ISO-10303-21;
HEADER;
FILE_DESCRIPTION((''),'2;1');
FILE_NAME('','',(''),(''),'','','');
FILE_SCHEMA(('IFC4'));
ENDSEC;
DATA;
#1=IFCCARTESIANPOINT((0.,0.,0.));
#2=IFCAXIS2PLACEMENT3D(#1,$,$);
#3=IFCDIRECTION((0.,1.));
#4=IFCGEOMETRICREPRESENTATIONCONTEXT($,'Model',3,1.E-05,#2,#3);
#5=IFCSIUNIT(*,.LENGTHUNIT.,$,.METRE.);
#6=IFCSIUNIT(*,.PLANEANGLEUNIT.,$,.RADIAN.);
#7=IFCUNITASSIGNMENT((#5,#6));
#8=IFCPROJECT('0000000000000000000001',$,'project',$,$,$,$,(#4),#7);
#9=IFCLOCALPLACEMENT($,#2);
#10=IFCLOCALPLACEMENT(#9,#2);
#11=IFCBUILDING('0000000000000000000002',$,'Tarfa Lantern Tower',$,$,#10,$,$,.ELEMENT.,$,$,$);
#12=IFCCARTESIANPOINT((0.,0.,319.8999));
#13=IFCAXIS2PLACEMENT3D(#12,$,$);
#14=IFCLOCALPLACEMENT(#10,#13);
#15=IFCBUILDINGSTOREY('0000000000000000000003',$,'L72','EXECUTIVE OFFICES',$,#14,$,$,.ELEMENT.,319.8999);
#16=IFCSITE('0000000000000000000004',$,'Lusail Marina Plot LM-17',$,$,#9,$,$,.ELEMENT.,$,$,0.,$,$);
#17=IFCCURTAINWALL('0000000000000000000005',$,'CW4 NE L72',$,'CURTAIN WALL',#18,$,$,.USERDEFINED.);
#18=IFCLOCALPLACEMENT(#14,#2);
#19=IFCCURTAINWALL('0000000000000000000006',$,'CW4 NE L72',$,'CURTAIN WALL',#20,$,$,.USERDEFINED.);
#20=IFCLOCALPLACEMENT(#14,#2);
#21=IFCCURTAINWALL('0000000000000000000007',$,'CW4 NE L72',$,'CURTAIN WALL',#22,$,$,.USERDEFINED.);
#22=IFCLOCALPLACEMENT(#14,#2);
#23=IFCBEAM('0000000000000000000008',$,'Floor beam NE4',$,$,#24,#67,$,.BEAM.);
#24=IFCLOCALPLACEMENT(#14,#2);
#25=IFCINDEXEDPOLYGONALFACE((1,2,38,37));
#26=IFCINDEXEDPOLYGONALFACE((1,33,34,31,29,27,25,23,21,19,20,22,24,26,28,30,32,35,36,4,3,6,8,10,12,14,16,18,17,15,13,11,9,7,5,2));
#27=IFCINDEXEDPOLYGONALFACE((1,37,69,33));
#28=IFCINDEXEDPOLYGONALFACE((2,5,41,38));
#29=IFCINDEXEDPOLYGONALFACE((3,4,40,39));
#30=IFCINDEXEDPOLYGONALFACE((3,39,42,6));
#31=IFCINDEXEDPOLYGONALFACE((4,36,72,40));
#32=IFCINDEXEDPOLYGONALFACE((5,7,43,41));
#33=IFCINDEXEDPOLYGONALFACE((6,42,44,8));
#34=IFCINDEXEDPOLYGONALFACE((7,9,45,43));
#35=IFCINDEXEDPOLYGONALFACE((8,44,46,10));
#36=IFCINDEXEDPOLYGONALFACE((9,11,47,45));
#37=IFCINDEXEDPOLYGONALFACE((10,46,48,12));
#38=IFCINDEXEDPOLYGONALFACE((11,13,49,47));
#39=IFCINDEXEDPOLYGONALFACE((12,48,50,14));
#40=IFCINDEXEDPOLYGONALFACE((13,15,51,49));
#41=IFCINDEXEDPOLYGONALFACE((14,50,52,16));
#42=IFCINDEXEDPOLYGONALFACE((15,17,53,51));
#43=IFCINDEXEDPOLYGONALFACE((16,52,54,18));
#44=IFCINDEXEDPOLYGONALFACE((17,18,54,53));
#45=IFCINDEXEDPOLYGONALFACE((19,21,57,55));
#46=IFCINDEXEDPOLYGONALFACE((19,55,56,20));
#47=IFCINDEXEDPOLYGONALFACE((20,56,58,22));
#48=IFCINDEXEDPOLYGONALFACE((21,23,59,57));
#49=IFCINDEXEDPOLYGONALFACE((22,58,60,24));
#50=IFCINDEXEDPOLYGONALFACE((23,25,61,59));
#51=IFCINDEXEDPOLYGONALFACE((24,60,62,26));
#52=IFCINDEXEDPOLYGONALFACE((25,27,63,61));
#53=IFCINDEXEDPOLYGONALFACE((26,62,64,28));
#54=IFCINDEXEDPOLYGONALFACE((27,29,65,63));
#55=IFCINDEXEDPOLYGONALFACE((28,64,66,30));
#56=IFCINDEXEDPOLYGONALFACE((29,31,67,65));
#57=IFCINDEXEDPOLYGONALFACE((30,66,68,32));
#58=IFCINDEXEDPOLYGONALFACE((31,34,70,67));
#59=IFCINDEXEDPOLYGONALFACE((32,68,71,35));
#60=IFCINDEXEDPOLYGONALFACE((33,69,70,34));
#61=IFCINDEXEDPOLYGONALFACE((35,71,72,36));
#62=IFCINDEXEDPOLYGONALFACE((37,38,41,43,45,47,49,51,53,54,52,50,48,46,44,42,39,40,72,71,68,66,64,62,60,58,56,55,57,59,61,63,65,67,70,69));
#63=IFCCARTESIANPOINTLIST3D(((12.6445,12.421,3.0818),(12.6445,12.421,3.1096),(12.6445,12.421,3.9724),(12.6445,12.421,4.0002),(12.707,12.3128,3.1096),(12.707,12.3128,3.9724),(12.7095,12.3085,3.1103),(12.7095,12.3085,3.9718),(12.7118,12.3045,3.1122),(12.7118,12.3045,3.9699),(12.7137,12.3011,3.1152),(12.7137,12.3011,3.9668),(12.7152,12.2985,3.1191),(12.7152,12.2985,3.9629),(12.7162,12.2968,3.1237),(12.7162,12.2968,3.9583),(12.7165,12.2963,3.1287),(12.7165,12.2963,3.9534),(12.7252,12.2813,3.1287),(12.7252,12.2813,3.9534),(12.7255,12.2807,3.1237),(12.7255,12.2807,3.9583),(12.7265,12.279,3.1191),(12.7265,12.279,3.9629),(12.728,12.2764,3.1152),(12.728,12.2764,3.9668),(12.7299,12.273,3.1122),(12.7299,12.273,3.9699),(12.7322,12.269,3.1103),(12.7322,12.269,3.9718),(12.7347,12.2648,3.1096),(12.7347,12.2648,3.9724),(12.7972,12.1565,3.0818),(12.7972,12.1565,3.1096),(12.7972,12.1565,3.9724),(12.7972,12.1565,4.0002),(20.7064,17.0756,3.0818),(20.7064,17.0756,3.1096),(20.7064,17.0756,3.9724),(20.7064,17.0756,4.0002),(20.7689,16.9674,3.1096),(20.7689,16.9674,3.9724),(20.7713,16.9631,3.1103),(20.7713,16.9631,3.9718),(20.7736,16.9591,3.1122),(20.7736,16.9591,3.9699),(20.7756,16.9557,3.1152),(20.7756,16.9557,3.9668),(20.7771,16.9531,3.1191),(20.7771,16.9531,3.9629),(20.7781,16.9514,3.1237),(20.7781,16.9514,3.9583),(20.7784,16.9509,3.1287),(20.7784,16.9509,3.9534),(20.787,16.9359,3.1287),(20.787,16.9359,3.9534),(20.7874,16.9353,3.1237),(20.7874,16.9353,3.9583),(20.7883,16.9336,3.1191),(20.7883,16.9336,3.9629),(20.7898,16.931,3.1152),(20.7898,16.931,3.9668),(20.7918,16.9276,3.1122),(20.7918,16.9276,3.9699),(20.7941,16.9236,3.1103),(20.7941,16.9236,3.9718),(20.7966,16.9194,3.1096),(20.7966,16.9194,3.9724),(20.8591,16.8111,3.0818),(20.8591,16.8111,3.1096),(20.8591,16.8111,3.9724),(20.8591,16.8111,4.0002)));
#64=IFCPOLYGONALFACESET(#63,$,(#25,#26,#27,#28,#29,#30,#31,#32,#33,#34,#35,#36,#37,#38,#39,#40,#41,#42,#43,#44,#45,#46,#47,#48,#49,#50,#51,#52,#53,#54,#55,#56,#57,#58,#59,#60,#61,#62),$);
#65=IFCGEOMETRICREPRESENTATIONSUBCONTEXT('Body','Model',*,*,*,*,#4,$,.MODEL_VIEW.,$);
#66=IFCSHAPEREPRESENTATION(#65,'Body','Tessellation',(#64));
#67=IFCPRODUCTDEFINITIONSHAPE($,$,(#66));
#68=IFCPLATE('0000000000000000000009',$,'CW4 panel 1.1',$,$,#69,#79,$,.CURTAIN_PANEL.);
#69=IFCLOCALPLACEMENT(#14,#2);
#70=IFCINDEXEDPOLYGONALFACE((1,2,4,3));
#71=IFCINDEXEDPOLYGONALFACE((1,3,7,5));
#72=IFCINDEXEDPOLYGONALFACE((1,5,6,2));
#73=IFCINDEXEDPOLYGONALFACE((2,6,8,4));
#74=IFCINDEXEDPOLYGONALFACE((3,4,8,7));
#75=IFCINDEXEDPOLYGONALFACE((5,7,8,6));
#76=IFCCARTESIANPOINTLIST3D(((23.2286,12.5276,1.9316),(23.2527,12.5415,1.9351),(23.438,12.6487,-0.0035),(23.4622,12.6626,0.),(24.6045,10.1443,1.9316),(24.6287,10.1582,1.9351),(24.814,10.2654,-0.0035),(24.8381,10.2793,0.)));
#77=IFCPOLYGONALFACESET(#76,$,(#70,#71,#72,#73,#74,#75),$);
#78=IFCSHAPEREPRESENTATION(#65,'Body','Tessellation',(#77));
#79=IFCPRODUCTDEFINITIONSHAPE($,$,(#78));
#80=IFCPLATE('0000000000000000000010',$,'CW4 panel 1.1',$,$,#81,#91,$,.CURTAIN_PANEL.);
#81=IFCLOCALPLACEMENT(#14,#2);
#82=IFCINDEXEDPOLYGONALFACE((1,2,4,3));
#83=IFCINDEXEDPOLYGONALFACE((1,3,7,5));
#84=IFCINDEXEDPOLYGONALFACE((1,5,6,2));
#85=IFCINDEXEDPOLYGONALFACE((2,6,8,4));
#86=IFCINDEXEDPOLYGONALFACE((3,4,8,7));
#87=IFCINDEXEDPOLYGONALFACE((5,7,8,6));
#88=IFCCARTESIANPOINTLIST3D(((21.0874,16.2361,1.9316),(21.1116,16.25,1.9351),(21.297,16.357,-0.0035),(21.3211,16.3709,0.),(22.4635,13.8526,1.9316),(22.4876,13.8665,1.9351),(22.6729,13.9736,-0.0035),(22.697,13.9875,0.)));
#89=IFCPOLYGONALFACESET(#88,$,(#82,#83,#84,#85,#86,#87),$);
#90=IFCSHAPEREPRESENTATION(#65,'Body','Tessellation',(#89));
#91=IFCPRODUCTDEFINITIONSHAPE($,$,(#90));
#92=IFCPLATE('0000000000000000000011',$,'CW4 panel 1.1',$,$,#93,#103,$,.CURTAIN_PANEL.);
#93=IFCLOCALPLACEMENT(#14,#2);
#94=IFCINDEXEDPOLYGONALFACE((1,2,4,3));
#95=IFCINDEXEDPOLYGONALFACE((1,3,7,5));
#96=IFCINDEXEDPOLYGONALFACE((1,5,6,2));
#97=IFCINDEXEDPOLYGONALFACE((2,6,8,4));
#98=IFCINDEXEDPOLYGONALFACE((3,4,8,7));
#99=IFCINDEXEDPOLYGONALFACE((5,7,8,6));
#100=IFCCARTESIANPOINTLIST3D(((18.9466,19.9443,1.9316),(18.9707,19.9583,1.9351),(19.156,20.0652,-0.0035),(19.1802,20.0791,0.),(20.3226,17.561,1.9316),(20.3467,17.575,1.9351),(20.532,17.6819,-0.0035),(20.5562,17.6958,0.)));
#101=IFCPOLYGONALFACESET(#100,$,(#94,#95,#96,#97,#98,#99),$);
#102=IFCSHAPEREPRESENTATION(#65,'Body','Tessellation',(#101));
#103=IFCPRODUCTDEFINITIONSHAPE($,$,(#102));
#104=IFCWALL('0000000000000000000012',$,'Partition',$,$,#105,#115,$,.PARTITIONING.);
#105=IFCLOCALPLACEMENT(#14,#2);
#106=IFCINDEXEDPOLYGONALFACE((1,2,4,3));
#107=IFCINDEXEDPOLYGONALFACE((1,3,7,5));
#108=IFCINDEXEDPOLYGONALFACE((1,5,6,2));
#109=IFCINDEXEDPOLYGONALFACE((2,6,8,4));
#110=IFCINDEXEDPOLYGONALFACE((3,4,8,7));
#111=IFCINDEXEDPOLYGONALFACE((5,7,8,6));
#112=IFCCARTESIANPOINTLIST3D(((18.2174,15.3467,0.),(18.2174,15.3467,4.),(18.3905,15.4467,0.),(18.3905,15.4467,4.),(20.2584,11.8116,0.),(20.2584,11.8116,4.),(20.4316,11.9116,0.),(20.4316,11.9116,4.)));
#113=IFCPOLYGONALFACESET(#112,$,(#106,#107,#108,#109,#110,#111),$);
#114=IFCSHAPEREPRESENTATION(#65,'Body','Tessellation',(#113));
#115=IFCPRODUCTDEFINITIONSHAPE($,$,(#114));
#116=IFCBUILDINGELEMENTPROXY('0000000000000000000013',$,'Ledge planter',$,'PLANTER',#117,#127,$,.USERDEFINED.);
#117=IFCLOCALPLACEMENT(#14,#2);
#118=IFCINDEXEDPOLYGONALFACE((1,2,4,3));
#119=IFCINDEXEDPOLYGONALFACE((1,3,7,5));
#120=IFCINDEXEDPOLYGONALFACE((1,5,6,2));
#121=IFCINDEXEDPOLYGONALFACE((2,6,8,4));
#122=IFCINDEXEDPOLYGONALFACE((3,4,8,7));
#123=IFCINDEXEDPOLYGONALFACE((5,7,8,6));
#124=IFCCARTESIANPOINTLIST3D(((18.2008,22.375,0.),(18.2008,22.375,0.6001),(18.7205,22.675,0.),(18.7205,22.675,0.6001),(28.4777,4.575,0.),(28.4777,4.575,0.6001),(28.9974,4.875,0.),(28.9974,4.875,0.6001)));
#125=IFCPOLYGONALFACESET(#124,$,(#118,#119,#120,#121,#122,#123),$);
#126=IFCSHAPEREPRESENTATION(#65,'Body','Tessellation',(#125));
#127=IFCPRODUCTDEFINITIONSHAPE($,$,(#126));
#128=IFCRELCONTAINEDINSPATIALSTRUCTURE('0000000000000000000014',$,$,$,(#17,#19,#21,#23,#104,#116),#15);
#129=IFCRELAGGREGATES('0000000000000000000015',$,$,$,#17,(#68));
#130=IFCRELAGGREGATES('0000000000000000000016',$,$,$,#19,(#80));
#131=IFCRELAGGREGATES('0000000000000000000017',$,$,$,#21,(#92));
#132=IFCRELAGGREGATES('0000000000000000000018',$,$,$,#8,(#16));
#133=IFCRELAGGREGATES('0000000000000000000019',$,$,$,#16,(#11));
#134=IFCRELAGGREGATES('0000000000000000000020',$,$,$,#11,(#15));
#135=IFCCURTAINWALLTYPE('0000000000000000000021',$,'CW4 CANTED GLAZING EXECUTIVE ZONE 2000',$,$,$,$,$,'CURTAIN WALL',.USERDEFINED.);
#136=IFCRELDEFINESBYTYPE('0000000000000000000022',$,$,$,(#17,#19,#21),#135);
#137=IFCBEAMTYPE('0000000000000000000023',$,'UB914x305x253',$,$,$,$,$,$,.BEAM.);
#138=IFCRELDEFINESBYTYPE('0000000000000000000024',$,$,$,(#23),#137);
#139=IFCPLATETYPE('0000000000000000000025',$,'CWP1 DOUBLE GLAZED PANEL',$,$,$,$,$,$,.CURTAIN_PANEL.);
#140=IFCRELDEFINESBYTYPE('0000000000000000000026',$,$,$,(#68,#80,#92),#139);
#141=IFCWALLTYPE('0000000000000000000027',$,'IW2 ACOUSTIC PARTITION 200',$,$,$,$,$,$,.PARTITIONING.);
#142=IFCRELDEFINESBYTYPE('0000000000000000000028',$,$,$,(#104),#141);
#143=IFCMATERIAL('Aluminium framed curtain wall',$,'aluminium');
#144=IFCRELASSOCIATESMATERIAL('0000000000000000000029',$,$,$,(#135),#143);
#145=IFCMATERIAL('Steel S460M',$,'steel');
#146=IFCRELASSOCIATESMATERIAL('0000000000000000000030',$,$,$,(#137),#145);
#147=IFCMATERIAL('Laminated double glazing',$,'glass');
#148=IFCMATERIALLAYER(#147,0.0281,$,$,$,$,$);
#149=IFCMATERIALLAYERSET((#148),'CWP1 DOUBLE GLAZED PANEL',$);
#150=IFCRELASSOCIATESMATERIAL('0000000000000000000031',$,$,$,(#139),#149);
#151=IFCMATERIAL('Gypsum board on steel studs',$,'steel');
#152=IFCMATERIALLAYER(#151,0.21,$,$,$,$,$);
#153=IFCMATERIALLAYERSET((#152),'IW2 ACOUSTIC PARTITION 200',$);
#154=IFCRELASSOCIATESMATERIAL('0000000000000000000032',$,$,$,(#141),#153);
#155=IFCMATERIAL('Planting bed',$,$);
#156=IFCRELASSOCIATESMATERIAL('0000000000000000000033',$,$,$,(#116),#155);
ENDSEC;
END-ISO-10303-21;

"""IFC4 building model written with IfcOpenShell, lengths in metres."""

from ifc_helpers import new_model, si_unit, direction, frame, frame_2d, origin, origin_2d, place, context, subcontext, project, spatial, polyline, rectangle, i_section, outline, extrude, material, layer, layer_set, material_profile, profile_set, type_object, element, aggregate, save


model = new_model("IFC4")

# Units and contexts
model_context = context("Model", 3, precision=1e-05, world=origin(), true_north=direction((0.0, 1.0)))
body_context = subcontext(model_context, "Body", "Model", "MODEL_VIEW")
ifc_project = project(units=[si_unit("LENGTHUNIT", "METRE"), si_unit("PLANEANGLEUNIT", "RADIAN")], contexts=[model_context])

# Site, building, storey
site_placement = place(None, origin())
site = spatial("IfcSite", under=ifc_project, at=site_placement, Name="Lusail Marina Plot LM-17", CompositionType="ELEMENT", RefElevation=0.0)
building_placement = place(site_placement, origin())
building = spatial("IfcBuilding", under=site, at=building_placement, Name="Tarfa Lantern Tower", CompositionType="ELEMENT")
storey_placement = place(building_placement, frame((0.0, 0.0, 319.8999)))
storey = spatial("IfcBuildingStorey", under=building, at=storey_placement, Name="L72", Description="EXECUTIVE OFFICES", CompositionType="ELEMENT", Elevation=319.8999)

# Curtain walls
ifc_material_1 = material(Name="Aluminium framed curtain wall", Category="aluminium")
curtain_wall_type = type_object("IfcCurtainWallType", Name="CW4 CANTED GLAZING EXECUTIVE ZONE 2000", ElementType="CURTAIN WALL", PredefinedType="USERDEFINED", material=ifc_material_1)
curtain_wall_1_placement = place(storey_placement, origin())
curtain_wall_1 = element("IfcCurtainWall", 1, at=curtain_wall_1_placement, inside=storey, type_object=curtain_wall_type, Name="CW4 NE L72", ObjectType="CURTAIN WALL", PredefinedType="USERDEFINED")
curtain_wall_2_placement = place(storey_placement, origin())
curtain_wall_2 = element("IfcCurtainWall", 2, at=curtain_wall_2_placement, inside=storey, type_object=curtain_wall_type, Name="CW4 NE L72", ObjectType="CURTAIN WALL", PredefinedType="USERDEFINED")

# Curtain wall
curtain_wall_3_placement = place(storey_placement, origin())
curtain_wall_3 = element("IfcCurtainWall", 3, at=curtain_wall_3_placement, inside=storey, type_object=curtain_wall_type, Name="CW4 NE L72", ObjectType="CURTAIN WALL", PredefinedType="USERDEFINED")

# Beam
ifc_material_2 = material(Name="Steel S460M", Category="steel")
ifc_material_profile_1 = material_profile(ifc_material_2, i_section(OverallWidth=0.3054, OverallDepth=0.9185, WebThickness=0.0173, FlangeThickness=0.0278, FilletRadius=0.019, at=origin_2d()), Name="UB914x305x253")
ifc_profile_set_1 = profile_set([ifc_material_profile_1], Name="Steel S460M")
beam_type_1 = type_object("IfcBeamType", Name="UB914x305x253", PredefinedType="BEAM", material=ifc_profile_set_1)
beam_1_placement = place(storey_placement, frame((20.7827, 16.9434, 3.541), z_axis=(-0.866022, -0.500006, 0.0), x_axis=(0.500006, -0.866022, 0.0)))
element("IfcBeam", 4, at=beam_1_placement, inside=storey, type_object=beam_type_1, Name="Floor beam NE4", PredefinedType="BEAM", context=body_context, shape_type="SweptSolid", body=[
    extrude(i_section(OverallWidth=0.3054, OverallDepth=0.9185, WebThickness=0.0173, FlangeThickness=0.0278, FilletRadius=0.019, at=origin_2d()), origin(), (0.0, 0.0, 1.0), 9.3091),
])

# Plates
ifc_material_3 = material(Name="Laminated double glazing", Category="glass")
ifc_layer_1 = layer(ifc_material_3, 0.0281)
ifc_layer_set_1 = layer_set([ifc_layer_1], Name="CWP1 DOUBLE GLAZED PANEL")
plate_type = type_object("IfcPlateType", Name="CWP1 DOUBLE GLAZED PANEL", PredefinedType="CURTAIN_PANEL", material=ifc_layer_set_1)
plate_1_placement = place(storey_placement, frame((24.8381, 10.2793, 0.0), z_axis=(0.859337, 0.49613, 0.124072), x_axis=(-0.499994, 0.866029, 0.0)))
plate_1 = element("IfcPlate", 5, at=plate_1_placement, type_object=plate_type, Name="CW4 panel 1.1", PredefinedType="CURTAIN_PANEL", context=body_context, shape_type="SweptSolid", body=[
    extrude(outline(polyline([(0.0, 0.0), (2.752, 0.0), (2.7519, 1.9501), (-0.0001, 1.9501), (0.0, 0.0)])), origin(), (0.0, 0.0, -1.0), 0.0281),
])
aggregate(curtain_wall_1, [plate_1])
plate_2_placement = place(storey_placement, frame((22.697, 13.9875, 0.0), z_axis=(0.859352, 0.496113, 0.124041), x_axis=(-0.499975, 0.86604, 0.000003)))
plate_2 = element("IfcPlate", 6, at=plate_2_placement, type_object=plate_type, Name="CW4 panel 1.1", PredefinedType="CURTAIN_PANEL", context=body_context, shape_type="SweptSolid", body=[
    extrude(outline(polyline([(0.0, 0.0), (2.752, 0.0), (2.7521, 1.9501), (-0.0001, 1.9501), (0.0, 0.0)])), origin(), (0.0, 0.0, -1.0), 0.0281),
])
aggregate(curtain_wall_2, [plate_2])
plate_3_placement = place(storey_placement, frame((20.5562, 17.6958, 0.0), z_axis=(0.859344, 0.496134, 0.12401), x_axis=(-0.499994, 0.866029, 0.0)))
plate_3 = element("IfcPlate", 7, at=plate_3_placement, type_object=plate_type, Name="CW4 panel 1.1", PredefinedType="CURTAIN_PANEL", context=body_context, shape_type="SweptSolid", body=[
    extrude(outline(polyline([(0.0, 0.0), (2.752, 0.0), (2.7521, 1.9501), (0.0001, 1.9501), (0.0, 0.0)])), origin(), (0.0, 0.0, -1.0), 0.0281),
])
aggregate(curtain_wall_3, [plate_3])

# Wall
ifc_material_4 = material(Name="Gypsum board on steel studs", Category="steel")
ifc_layer_2 = layer(ifc_material_4, 0.21)
ifc_layer_set_2 = layer_set([ifc_layer_2], Name="IW2 ACOUSTIC PARTITION 200")
wall_type = type_object("IfcWallType", Name="IW2 ACOUSTIC PARTITION 200", PredefinedType="PARTITIONING", material=ifc_layer_set_2)
wall_placement = place(storey_placement, frame((20.345, 11.8616, 0.0), z_axis=(0.0, 0.0, 1.0), x_axis=(-0.499999, 0.866026, 0.0)))
element("IfcWall", 8, at=wall_placement, inside=storey, type_object=wall_type, Name="Partition", PredefinedType="PARTITIONING", context=body_context, shape_type="SweptSolid", body=[
    extrude(rectangle(XDim=4.082, YDim=0.2, at=frame_2d((2.041, 0.0))), origin(), (0.0, 0.0, 1.0), 4.0),
])

# Building element proxy
ifc_material_5 = material(Name="Planting bed")
proxy_placement = place(storey_placement, frame((23.5991, 13.625, 0.0), z_axis=(0.0, 0.0, 1.0), x_axis=(-0.5, 0.866025, 0.0)))
element("IfcBuildingElementProxy", 9, at=proxy_placement, inside=storey, material=ifc_material_5, Name="Ledge planter", ObjectType="PLANTER", PredefinedType="USERDEFINED", context=body_context, shape_type="SweptSolid", body=[
    extrude(rectangle(XDim=20.5537, YDim=0.6001, at=origin_2d()), origin(), (0.0, 0.0, 1.0), 0.6001),
])

save(model, "model.ifc")
